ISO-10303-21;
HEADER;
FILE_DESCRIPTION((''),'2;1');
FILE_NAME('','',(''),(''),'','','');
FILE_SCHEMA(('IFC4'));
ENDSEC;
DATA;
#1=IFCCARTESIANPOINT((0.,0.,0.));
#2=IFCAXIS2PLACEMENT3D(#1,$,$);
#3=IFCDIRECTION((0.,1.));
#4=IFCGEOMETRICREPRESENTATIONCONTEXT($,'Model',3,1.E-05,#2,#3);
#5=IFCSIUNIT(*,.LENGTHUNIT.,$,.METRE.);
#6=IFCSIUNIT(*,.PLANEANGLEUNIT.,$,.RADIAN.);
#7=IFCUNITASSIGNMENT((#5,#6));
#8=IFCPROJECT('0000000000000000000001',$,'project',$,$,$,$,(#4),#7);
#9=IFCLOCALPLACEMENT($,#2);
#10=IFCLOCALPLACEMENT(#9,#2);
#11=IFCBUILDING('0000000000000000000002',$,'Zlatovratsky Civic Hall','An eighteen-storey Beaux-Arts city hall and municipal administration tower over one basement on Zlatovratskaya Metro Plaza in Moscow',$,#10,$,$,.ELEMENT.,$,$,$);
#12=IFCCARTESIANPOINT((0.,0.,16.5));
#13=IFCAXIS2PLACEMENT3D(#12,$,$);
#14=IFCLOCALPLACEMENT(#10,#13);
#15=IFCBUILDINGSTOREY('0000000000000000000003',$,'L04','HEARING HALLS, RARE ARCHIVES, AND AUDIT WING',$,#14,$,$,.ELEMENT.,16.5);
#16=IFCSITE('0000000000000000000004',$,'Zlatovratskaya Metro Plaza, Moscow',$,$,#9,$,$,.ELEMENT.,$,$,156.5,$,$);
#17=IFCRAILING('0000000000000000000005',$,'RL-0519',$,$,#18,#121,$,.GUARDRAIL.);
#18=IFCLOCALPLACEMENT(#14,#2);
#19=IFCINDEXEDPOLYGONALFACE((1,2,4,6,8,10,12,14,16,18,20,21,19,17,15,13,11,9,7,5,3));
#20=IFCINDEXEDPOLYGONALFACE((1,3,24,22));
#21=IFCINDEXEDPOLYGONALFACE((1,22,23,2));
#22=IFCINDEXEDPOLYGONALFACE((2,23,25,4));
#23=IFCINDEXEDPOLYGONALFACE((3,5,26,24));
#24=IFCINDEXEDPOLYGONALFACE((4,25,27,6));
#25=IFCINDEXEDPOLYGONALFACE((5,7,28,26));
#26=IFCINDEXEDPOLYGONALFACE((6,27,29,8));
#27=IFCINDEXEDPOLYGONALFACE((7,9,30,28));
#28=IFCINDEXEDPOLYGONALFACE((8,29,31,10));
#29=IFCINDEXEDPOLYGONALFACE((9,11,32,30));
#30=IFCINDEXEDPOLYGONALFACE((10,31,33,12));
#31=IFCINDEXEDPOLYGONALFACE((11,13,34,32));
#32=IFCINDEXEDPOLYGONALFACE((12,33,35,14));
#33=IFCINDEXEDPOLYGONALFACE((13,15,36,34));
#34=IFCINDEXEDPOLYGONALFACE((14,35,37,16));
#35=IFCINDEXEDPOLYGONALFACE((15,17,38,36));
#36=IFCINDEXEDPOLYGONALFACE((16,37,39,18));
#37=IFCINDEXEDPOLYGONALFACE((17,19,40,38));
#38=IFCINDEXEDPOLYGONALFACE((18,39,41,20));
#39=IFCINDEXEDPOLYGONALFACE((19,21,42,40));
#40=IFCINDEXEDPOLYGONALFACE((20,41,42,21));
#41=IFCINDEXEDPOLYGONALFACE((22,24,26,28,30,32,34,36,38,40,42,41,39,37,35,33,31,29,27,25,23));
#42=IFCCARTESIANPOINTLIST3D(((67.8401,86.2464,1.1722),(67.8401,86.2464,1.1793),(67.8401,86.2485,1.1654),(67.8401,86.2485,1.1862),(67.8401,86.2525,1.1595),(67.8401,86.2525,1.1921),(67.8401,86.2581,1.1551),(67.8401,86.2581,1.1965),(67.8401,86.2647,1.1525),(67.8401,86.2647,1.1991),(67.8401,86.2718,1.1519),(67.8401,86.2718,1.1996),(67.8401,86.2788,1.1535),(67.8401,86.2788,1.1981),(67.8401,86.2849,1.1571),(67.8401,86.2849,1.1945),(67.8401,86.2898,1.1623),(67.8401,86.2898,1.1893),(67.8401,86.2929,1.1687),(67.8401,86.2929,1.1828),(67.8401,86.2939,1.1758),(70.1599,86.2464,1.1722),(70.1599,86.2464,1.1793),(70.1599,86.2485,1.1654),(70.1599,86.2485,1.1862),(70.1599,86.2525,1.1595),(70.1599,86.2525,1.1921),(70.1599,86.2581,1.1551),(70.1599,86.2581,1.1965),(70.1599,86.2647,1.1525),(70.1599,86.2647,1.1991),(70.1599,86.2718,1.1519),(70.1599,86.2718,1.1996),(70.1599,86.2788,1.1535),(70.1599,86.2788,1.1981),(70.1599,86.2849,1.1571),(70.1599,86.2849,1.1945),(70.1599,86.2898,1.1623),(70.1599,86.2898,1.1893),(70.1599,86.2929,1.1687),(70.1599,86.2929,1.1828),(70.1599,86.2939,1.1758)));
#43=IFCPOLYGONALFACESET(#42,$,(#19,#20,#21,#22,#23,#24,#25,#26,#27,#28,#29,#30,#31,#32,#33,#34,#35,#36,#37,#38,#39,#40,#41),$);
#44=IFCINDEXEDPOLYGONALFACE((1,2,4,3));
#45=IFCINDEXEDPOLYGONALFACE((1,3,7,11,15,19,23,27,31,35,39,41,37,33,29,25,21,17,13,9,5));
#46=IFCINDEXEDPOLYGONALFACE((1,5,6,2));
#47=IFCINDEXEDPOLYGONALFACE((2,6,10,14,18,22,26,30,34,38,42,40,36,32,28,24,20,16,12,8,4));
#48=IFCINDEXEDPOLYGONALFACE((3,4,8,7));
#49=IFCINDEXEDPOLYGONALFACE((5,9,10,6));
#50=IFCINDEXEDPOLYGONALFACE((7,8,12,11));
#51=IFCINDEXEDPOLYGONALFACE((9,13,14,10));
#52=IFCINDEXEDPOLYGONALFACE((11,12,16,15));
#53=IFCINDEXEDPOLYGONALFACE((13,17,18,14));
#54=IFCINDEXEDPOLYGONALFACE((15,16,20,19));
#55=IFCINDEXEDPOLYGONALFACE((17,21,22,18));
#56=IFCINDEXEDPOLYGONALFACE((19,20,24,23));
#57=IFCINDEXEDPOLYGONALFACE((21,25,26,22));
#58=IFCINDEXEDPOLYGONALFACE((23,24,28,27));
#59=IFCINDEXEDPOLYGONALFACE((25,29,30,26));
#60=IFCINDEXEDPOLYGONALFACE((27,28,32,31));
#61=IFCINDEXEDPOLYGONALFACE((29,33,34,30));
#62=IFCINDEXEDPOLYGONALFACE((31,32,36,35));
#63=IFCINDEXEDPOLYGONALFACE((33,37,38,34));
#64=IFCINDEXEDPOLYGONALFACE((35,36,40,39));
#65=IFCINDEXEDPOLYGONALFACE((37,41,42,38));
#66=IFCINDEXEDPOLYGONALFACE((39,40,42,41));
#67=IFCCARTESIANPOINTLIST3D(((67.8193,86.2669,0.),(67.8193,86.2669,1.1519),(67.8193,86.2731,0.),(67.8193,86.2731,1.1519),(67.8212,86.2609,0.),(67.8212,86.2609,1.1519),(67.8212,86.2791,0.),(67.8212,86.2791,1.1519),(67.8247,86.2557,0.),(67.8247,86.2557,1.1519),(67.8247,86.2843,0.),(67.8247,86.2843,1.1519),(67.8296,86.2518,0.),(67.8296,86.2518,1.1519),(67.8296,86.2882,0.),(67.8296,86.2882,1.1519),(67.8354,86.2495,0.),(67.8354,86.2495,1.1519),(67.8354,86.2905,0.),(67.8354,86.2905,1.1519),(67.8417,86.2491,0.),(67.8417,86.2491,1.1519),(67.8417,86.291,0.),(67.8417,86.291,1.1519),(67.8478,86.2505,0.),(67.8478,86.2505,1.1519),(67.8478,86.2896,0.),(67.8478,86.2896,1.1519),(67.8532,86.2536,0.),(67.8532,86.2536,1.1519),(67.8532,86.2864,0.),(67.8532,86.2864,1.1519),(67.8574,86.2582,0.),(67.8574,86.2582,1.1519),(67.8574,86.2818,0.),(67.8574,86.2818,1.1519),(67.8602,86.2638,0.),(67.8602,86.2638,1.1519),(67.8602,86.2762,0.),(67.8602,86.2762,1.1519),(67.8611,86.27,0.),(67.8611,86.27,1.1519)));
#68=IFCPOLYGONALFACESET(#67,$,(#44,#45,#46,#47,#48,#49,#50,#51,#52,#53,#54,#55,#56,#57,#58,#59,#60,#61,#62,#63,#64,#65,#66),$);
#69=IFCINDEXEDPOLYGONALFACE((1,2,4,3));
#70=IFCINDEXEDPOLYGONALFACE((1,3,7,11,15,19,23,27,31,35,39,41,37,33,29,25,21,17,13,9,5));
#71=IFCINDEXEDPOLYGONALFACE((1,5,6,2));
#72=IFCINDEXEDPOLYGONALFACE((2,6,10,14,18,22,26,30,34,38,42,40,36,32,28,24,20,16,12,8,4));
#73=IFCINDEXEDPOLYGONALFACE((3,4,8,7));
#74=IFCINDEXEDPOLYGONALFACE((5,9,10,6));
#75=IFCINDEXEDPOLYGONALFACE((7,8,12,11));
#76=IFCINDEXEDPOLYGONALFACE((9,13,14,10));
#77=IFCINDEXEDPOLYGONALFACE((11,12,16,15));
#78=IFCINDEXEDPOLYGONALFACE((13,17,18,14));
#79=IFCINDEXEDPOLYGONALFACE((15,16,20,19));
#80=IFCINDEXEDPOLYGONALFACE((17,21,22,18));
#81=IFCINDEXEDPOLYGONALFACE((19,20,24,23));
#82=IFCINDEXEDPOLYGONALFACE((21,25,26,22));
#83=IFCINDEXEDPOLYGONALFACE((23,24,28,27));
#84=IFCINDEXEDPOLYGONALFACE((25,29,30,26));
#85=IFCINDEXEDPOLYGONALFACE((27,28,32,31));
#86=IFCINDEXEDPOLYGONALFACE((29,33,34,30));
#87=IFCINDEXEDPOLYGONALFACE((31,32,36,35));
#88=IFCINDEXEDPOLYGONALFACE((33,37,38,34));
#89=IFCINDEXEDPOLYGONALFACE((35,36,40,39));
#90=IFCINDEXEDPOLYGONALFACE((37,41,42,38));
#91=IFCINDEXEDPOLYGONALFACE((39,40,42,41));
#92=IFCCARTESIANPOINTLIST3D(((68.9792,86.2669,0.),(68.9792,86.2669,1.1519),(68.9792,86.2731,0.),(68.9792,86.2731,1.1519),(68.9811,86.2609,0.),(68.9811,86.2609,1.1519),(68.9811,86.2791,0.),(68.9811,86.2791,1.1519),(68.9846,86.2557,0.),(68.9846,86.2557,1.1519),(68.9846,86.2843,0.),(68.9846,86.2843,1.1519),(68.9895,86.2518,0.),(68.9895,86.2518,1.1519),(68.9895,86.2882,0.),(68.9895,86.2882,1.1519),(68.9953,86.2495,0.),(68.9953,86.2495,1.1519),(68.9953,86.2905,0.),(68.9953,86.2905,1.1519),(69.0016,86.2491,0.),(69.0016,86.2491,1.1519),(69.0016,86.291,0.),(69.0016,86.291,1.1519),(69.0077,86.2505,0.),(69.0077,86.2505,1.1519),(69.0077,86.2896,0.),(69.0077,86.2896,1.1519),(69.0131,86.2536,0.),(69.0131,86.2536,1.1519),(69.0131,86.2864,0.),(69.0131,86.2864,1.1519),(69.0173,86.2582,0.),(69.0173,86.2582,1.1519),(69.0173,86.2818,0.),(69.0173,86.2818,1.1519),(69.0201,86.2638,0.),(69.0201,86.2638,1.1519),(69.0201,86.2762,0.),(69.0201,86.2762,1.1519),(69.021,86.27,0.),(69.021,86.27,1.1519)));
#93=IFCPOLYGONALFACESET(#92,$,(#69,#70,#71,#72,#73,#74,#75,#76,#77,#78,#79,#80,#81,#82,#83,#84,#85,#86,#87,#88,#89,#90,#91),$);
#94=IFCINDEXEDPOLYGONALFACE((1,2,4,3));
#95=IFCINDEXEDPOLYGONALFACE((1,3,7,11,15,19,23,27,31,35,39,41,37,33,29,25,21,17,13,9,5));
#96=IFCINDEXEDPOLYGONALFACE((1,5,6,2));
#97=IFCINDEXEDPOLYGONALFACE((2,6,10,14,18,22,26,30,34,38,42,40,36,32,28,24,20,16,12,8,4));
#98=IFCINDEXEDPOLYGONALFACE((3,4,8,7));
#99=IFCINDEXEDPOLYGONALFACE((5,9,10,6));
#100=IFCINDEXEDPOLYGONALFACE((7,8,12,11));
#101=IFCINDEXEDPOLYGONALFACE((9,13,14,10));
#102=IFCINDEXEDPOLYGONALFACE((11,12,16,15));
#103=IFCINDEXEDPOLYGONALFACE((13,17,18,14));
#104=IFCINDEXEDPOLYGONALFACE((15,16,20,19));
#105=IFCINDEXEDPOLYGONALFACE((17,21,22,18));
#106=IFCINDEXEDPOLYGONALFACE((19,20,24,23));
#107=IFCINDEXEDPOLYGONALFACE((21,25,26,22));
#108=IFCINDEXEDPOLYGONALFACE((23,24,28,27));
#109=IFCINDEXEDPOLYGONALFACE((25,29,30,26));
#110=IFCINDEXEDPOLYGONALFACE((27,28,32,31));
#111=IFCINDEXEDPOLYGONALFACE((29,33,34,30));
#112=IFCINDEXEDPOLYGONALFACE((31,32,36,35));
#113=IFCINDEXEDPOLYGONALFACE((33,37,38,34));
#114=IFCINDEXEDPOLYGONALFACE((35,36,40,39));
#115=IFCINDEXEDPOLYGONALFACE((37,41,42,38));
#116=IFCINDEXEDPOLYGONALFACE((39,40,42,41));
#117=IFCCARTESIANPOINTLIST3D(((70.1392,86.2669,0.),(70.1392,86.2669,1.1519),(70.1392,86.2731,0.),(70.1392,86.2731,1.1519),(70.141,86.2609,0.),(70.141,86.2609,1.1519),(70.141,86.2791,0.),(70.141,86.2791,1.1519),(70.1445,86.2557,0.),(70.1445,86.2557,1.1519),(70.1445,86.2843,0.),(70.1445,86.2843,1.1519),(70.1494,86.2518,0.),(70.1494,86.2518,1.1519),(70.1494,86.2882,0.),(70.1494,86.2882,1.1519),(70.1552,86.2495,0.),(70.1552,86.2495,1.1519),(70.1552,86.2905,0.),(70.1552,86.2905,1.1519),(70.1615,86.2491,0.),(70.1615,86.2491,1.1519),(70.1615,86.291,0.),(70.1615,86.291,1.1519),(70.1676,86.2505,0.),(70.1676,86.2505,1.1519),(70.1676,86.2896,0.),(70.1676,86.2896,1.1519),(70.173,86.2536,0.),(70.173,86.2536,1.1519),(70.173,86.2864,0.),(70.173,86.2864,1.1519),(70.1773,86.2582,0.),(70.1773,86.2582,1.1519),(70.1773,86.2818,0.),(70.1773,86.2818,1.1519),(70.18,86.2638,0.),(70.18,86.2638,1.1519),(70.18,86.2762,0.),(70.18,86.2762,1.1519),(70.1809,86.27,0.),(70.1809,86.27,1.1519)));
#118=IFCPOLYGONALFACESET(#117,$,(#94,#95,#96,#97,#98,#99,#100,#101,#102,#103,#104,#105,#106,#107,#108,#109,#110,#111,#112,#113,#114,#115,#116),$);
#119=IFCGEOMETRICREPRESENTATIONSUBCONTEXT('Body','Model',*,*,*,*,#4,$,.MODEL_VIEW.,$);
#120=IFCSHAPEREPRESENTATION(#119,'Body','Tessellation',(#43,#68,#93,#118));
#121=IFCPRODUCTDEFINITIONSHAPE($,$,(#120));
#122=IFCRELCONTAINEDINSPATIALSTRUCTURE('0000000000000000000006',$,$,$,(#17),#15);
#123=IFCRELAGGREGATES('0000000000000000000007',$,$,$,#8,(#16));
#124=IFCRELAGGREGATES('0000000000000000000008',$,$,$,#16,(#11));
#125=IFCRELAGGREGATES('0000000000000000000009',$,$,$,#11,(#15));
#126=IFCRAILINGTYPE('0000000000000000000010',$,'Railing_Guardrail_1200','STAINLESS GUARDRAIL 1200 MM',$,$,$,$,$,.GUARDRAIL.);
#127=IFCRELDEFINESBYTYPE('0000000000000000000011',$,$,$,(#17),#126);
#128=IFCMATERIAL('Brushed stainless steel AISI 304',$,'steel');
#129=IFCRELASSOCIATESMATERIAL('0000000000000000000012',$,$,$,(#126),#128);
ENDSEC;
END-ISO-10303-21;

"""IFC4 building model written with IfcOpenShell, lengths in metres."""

from ifc_helpers import new_model, si_unit, direction, frame, origin, origin_2d, place, context, subcontext, project, spatial, circle, extrude, material, type_object, element, save


model = new_model("IFC4")

# Units and contexts
model_context = context("Model", 3, precision=1e-05, world=origin(), true_north=direction((0.0, 1.0)))
body_context = subcontext(model_context, "Body", "Model", "MODEL_VIEW")
ifc_project = project(units=[si_unit("LENGTHUNIT", "METRE"), si_unit("PLANEANGLEUNIT", "RADIAN")], contexts=[model_context])

# Site, building, storey
site_placement = place(None, origin())
site = spatial("IfcSite", under=ifc_project, at=site_placement, Name="Zlatovratskaya Metro Plaza, Moscow", CompositionType="ELEMENT", RefElevation=156.5)
building_placement = place(site_placement, origin())
building = spatial("IfcBuilding", under=site, at=building_placement, Name="Zlatovratsky Civic Hall", Description="An eighteen-storey Beaux-Arts city hall and municipal administration tower over one basement on Zlatovratskaya Metro Plaza in Moscow", CompositionType="ELEMENT")
storey_placement = place(building_placement, frame((0.0, 0.0, 16.5)))
storey = spatial("IfcBuildingStorey", under=building, at=storey_placement, Name="L04", Description="HEARING HALLS, RARE ARCHIVES, AND AUDIT WING", CompositionType="ELEMENT", Elevation=16.5)

# Shared definitions
ifc_material_1 = material(Name="Brushed stainless steel AISI 304", Category="steel")

# Railing
railing_type_1 = type_object("IfcRailingType", Name="Railing_Guardrail_1200", Description="STAINLESS GUARDRAIL 1200 MM", PredefinedType="GUARDRAIL", material=ifc_material_1)
railing_1_placement = place(storey_placement, frame((67.8401, 86.27, 0.0)))
element("IfcRailing", 1, at=railing_1_placement, inside=storey, type_object=railing_type_1, Name="RL-0519", PredefinedType="GUARDRAIL", context=body_context, shape_type="SweptSolid", body=[
    extrude(circle(Radius=0.0239, at=origin_2d()), frame((0.0, 0.0, 1.1758), z_axis=(1.0, 0.0, 0.0), x_axis=(0.0, 1.0, 0.0)), (0.0, 0.0, 1.0), 2.3198),
    extrude(circle(Radius=0.021, at=origin_2d()), origin(), (0.0, 0.0, 1.0), 1.1519),
    extrude(circle(Radius=0.021, at=origin_2d()), frame((1.1599, 0.0, 0.0)), (0.0, 0.0, 1.0), 1.1519),
    extrude(circle(Radius=0.021, at=origin_2d()), frame((2.3198, 0.0, 0.0)), (0.0, 0.0, 1.0), 1.1519),
])

save(model, "model.ifc")
